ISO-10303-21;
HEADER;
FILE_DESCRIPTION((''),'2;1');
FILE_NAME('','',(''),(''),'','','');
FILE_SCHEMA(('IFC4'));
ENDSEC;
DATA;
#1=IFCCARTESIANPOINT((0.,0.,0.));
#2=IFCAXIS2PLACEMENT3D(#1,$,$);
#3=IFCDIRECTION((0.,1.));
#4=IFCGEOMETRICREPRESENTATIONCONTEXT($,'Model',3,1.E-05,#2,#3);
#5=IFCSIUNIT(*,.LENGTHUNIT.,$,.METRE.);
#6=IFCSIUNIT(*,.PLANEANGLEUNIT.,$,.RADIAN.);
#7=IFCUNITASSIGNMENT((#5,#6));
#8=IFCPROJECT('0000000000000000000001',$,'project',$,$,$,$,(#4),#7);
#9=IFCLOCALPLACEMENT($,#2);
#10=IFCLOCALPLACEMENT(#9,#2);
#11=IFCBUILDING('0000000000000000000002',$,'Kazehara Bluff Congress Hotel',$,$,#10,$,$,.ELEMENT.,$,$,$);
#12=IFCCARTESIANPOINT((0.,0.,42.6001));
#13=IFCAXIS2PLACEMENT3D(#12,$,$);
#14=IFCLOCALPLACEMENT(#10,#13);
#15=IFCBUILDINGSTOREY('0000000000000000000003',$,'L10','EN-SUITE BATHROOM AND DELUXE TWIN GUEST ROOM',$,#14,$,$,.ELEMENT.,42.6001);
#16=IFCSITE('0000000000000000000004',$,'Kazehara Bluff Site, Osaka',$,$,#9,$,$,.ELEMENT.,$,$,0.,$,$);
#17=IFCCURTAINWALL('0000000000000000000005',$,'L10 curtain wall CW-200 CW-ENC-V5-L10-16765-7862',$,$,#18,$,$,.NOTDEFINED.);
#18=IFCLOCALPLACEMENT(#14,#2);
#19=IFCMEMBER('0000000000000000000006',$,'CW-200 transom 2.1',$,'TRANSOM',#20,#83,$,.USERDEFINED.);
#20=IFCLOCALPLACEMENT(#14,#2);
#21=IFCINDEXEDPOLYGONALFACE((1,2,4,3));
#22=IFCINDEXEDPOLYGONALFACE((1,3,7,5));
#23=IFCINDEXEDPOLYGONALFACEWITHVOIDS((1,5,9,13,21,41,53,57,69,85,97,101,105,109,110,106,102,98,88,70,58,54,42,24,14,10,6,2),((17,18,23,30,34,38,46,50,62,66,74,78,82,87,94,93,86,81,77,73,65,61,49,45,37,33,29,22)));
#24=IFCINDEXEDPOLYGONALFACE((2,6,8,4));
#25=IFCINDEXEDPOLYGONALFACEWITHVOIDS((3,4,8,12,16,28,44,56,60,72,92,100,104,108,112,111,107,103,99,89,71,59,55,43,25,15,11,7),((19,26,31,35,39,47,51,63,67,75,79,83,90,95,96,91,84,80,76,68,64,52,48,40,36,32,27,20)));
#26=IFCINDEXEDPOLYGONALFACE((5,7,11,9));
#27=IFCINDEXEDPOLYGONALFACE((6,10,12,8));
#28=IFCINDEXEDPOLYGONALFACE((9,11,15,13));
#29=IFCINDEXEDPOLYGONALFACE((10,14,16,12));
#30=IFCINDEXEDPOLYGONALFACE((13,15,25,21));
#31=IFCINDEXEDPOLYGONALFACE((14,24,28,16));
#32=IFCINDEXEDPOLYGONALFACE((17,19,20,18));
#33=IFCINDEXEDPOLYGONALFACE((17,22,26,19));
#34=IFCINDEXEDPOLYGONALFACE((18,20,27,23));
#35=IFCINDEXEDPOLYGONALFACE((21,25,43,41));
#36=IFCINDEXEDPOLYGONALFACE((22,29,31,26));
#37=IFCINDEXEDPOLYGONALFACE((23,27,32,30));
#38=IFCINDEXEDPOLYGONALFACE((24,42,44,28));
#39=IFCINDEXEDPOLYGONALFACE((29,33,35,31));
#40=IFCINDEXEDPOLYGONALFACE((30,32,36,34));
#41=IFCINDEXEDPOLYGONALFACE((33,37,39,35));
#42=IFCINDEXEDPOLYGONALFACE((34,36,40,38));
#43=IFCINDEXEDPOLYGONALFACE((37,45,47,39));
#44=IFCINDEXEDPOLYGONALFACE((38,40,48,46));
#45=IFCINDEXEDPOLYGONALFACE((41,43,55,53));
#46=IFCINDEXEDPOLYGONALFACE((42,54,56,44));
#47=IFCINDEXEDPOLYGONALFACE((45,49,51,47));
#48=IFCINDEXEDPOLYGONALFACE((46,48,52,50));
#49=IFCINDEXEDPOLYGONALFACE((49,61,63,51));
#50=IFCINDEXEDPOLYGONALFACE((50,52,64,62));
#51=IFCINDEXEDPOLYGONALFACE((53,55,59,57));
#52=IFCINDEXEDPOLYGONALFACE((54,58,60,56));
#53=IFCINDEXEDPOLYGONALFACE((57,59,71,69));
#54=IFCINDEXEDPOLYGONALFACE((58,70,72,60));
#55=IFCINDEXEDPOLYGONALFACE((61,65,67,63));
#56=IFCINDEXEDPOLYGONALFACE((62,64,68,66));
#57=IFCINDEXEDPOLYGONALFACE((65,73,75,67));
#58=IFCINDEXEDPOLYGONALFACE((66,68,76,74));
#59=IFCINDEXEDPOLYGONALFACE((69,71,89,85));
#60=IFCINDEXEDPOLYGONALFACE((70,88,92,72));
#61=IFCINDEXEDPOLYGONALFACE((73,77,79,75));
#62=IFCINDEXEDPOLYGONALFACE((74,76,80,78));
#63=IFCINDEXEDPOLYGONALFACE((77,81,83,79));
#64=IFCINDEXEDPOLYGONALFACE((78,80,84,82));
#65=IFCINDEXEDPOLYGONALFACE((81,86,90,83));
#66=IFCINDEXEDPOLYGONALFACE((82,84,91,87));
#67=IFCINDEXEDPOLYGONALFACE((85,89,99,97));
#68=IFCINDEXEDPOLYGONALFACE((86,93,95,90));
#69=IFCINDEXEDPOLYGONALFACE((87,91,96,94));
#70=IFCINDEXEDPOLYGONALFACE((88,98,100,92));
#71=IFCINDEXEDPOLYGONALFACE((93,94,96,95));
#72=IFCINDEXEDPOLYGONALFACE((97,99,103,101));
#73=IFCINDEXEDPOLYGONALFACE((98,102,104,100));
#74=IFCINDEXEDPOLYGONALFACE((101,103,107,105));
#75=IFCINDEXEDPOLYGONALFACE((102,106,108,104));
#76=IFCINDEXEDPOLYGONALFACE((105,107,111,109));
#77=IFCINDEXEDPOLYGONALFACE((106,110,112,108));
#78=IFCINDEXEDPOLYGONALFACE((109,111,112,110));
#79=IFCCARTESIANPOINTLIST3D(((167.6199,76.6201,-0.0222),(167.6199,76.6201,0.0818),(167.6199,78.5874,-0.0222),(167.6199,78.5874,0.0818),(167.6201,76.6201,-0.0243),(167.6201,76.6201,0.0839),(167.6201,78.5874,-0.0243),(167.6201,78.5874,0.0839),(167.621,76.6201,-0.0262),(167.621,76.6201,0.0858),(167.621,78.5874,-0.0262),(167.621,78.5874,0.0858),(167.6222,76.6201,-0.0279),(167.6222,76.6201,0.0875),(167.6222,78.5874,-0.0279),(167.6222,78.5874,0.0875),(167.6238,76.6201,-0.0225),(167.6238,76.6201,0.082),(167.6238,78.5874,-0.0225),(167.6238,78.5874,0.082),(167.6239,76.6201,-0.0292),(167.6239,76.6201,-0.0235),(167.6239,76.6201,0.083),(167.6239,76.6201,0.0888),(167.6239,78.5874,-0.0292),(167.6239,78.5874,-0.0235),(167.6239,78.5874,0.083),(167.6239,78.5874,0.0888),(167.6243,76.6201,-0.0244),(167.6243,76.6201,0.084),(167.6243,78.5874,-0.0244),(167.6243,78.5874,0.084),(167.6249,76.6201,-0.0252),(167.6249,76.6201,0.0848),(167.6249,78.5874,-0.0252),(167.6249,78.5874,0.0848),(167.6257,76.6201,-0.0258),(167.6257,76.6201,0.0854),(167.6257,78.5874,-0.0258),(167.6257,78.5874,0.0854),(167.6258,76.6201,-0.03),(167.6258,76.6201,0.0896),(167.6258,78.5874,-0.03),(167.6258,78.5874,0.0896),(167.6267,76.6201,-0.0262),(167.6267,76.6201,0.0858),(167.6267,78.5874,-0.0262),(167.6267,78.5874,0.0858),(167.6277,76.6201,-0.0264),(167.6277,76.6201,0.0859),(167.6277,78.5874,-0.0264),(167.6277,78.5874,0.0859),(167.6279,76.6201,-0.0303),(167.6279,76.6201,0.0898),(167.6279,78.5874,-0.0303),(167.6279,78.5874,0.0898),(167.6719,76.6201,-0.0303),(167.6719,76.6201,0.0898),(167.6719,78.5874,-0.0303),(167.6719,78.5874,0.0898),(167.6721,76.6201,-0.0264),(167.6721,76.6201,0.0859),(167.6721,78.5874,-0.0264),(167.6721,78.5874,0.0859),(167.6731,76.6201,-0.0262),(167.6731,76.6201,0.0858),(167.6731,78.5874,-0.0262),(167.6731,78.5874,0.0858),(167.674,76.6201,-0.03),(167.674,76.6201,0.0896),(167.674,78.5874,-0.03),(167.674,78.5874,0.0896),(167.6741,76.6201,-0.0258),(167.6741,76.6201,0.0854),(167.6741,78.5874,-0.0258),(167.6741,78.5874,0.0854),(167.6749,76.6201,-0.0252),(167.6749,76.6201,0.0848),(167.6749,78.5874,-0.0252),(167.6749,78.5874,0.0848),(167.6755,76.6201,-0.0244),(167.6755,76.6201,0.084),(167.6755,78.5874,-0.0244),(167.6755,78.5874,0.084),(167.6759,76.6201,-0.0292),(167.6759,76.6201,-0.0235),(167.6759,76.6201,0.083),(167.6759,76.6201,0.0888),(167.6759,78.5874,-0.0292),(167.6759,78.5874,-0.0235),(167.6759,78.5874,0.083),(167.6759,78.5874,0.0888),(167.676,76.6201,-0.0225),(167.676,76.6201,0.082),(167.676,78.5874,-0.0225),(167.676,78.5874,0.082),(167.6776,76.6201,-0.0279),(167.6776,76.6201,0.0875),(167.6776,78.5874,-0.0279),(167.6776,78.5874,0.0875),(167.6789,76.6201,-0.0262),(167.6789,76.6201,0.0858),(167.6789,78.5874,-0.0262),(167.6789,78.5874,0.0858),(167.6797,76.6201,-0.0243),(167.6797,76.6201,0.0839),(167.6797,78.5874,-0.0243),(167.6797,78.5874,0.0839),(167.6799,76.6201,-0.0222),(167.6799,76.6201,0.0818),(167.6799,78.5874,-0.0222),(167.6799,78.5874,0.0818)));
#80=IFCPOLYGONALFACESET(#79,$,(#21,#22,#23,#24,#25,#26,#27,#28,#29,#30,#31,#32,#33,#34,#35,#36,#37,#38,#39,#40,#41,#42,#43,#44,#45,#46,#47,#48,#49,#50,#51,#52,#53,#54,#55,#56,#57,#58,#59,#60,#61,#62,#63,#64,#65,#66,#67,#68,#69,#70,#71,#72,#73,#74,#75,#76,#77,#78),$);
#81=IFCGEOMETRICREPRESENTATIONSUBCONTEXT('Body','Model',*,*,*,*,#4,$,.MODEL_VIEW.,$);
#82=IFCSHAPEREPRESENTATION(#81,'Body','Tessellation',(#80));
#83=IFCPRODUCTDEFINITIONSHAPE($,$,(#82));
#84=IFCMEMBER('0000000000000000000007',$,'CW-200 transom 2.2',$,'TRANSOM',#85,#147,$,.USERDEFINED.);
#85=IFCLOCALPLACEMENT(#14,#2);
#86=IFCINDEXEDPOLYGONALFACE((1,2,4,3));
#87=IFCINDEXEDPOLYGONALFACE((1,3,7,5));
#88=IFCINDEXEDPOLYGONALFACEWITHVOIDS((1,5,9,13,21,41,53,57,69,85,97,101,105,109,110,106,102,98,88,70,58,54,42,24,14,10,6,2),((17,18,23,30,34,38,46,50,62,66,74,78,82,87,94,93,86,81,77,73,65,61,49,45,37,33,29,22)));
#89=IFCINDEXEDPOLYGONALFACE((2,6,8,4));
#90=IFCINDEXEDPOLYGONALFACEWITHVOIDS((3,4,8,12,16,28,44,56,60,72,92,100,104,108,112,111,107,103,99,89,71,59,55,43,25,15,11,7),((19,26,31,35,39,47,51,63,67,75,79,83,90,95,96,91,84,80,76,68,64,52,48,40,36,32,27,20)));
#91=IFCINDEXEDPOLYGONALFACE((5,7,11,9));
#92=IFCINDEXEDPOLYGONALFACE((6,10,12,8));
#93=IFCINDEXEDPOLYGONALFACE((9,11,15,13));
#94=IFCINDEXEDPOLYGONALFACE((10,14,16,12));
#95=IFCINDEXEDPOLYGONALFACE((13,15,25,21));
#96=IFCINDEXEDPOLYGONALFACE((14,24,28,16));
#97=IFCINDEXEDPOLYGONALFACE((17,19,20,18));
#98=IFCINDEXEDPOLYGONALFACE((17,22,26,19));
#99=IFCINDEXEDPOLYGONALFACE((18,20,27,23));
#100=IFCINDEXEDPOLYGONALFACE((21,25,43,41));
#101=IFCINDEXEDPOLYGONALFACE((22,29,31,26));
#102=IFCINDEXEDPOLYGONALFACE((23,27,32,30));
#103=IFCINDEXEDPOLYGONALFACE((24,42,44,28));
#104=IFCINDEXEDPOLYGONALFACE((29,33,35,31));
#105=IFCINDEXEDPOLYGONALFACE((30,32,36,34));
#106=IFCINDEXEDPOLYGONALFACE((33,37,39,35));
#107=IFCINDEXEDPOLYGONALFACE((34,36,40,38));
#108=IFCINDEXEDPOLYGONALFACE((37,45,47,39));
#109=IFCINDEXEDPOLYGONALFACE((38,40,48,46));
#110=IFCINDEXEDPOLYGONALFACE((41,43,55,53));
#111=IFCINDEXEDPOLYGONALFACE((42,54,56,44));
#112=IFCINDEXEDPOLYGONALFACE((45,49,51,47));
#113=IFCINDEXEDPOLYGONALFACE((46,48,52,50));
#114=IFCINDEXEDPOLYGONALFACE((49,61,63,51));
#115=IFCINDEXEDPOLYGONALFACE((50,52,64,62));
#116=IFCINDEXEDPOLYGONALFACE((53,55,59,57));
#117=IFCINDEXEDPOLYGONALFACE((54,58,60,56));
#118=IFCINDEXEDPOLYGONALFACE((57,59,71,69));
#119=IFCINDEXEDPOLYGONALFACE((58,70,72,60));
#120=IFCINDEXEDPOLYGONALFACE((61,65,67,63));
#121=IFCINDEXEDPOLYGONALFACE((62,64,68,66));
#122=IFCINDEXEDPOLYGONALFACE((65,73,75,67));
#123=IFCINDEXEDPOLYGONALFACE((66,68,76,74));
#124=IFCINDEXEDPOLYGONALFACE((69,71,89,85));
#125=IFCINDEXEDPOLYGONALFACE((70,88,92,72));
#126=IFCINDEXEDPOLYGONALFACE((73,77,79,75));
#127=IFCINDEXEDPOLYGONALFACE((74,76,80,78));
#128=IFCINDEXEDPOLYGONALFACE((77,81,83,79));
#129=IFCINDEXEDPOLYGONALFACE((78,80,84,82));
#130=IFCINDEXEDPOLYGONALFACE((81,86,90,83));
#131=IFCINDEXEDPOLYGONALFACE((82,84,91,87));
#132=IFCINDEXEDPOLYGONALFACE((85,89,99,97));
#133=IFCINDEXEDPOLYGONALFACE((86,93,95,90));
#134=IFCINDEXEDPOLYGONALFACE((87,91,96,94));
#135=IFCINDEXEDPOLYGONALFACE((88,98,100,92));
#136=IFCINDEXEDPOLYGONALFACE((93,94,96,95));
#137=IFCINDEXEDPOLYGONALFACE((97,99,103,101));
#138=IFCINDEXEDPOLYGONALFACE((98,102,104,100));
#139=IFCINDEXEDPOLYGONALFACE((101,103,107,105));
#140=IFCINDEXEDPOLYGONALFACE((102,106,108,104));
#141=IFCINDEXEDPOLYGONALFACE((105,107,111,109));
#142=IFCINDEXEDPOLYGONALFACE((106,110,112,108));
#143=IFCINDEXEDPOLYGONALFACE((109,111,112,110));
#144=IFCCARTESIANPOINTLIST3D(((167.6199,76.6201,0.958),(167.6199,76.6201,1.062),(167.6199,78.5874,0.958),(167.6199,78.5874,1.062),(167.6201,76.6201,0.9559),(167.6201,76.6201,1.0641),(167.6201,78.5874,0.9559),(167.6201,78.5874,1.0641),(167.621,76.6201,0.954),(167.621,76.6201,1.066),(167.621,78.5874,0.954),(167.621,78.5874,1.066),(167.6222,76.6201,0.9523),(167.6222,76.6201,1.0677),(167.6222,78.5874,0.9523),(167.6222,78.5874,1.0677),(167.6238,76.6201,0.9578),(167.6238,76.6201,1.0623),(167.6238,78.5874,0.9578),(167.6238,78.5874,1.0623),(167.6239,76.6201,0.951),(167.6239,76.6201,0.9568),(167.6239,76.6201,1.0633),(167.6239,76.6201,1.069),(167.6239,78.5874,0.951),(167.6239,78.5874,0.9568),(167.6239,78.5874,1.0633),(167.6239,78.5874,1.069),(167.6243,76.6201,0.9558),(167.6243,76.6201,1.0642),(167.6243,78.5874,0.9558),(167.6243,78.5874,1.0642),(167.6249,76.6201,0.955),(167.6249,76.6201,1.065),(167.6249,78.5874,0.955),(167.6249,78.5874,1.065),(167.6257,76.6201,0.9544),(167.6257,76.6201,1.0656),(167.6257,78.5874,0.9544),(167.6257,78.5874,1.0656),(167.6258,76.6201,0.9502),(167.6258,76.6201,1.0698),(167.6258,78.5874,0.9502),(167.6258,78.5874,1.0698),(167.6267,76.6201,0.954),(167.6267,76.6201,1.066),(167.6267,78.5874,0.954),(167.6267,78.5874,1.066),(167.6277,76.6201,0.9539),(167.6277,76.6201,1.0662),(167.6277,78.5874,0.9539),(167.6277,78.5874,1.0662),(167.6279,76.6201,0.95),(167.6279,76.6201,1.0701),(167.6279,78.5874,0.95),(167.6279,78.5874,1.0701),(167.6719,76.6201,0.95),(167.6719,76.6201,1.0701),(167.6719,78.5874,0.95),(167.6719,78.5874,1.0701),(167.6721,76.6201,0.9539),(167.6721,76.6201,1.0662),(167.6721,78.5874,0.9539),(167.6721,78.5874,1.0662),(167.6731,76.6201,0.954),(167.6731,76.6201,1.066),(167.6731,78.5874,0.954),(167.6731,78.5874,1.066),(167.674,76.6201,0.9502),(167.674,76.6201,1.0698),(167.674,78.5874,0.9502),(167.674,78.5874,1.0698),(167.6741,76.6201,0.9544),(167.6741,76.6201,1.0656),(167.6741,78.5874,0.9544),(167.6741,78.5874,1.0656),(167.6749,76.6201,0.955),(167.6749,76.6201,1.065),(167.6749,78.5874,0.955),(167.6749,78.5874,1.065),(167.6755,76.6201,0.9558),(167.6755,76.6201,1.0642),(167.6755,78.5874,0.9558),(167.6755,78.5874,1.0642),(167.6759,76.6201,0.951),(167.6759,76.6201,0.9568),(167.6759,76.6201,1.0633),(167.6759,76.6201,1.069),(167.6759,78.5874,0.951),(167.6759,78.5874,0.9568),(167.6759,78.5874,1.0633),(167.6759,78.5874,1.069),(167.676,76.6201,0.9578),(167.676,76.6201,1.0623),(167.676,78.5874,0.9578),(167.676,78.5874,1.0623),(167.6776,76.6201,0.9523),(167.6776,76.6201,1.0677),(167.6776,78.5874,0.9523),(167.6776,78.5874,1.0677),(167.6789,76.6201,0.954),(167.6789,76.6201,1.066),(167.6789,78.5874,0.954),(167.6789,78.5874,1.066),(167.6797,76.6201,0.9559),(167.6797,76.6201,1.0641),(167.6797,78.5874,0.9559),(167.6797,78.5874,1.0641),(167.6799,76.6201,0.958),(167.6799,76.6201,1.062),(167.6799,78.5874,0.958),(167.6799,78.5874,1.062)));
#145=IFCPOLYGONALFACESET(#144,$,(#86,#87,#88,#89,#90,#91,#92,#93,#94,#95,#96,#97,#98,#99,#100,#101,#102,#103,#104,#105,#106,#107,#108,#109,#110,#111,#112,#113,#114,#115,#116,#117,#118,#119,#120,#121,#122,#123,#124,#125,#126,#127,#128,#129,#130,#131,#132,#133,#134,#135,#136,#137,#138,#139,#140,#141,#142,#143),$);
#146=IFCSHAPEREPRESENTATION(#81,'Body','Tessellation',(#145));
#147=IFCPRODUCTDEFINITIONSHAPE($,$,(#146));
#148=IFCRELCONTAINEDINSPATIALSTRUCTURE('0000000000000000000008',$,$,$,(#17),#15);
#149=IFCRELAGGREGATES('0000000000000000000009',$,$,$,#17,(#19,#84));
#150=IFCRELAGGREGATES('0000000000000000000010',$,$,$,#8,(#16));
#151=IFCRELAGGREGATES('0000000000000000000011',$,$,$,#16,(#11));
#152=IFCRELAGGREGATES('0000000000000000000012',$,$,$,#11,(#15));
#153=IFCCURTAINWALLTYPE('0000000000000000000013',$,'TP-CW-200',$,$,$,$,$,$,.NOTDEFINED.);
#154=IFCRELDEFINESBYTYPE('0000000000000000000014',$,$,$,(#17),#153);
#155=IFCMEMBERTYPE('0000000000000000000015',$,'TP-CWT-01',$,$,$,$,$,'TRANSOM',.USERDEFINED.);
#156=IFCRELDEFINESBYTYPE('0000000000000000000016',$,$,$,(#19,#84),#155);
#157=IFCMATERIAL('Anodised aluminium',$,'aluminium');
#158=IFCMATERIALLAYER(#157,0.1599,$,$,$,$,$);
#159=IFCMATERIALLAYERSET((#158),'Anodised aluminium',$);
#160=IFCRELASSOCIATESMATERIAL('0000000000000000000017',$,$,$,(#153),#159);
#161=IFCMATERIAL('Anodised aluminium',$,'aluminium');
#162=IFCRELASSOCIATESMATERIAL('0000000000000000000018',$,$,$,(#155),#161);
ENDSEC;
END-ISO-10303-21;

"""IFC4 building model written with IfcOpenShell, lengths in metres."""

from ifc_helpers import new_model, si_unit, direction, frame, origin, origin_2d, place, context, subcontext, project, spatial, hollow_rectangle, extrude, material, layer, layer_set, material_profile, profile_set, type_object, element, aggregate, save


model = new_model("IFC4")

# Units and contexts
model_context = context("Model", 3, precision=1e-05, world=origin(), true_north=direction((0.0, 1.0)))
body_context = subcontext(model_context, "Body", "Model", "MODEL_VIEW")
ifc_project = project(units=[si_unit("LENGTHUNIT", "METRE"), si_unit("PLANEANGLEUNIT", "RADIAN")], contexts=[model_context])

# Site, building, storey
site_placement = place(None, origin())
site = spatial("IfcSite", under=ifc_project, at=site_placement, Name="Kazehara Bluff Site, Osaka", CompositionType="ELEMENT", RefElevation=0.0)
building_placement = place(site_placement, origin())
building = spatial("IfcBuilding", under=site, at=building_placement, Name="Kazehara Bluff Congress Hotel", CompositionType="ELEMENT")
storey_placement = place(building_placement, frame((0.0, 0.0, 42.6001)))
storey = spatial("IfcBuildingStorey", under=building, at=storey_placement, Name="L10", Description="EN-SUITE BATHROOM AND DELUXE TWIN GUEST ROOM", CompositionType="ELEMENT", Elevation=42.6001)

# Curtain wall
ifc_material_1 = material(Name="Anodised aluminium", Category="aluminium")
ifc_layer_1 = layer(ifc_material_1, 0.1599)
ifc_layer_set_1 = layer_set([ifc_layer_1], Name="Anodised aluminium")
curtain_wall_type_1 = type_object("IfcCurtainWallType", Name="TP-CW-200", PredefinedType="NOTDEFINED", material=ifc_layer_set_1)
curtain_wall_1_placement = place(storey_placement, origin())
curtain_wall_1 = element("IfcCurtainWall", 1, at=curtain_wall_1_placement, inside=storey, type_object=curtain_wall_type_1, Name="L10 curtain wall CW-200 CW-ENC-V5-L10-16765-7862", PredefinedType="NOTDEFINED")

# Members
ifc_material_2 = material(Name="Anodised aluminium", Category="aluminium")
ifc_material_profile_1 = material_profile(ifc_material_2, hollow_rectangle(XDim=0.0601, YDim=0.1201, WallThickness=0.0039, InnerFilletRadius=0.0039, OuterFilletRadius=0.0081, at=origin_2d()))
ifc_profile_set_1 = profile_set([ifc_material_profile_1], Name="Anodised aluminium")
member_type_1 = type_object("IfcMemberType", Name="TP-CWT-01", ElementType="TRANSOM", PredefinedType="USERDEFINED", material=ifc_profile_set_1)
member_1_placement = place(storey_placement, frame((167.6499, 78.5874, 0.0298), z_axis=(0.0, -1.0, 0.0), x_axis=(1.0, 0.0, 0.0)))
member_1 = element("IfcMember", 2, at=member_1_placement, type_object=member_type_1, Name="CW-200 transom 2.1", ObjectType="TRANSOM", PredefinedType="USERDEFINED", context=body_context, shape_type="SweptSolid", body=[
    extrude(hollow_rectangle(XDim=0.0601, YDim=0.1201, WallThickness=0.0039, InnerFilletRadius=0.0039, OuterFilletRadius=0.0081, at=origin_2d()), origin(), (0.0, 0.0, 1.0), 1.9673),
])
member_2_placement = place(storey_placement, frame((167.6499, 78.5874, 1.01), z_axis=(0.0, -1.0, 0.0), x_axis=(1.0, 0.0, 0.0)))
member_2 = element("IfcMember", 3, at=member_2_placement, type_object=member_type_1, Name="CW-200 transom 2.2", ObjectType="TRANSOM", PredefinedType="USERDEFINED", context=body_context, shape_type="SweptSolid", body=[
    extrude(hollow_rectangle(XDim=0.0601, YDim=0.1201, WallThickness=0.0039, InnerFilletRadius=0.0039, OuterFilletRadius=0.0081, at=origin_2d()), origin(), (0.0, 0.0, 1.0), 1.9673),
])

aggregate(curtain_wall_1, [member_1, member_2])

save(model, "model.ifc")
